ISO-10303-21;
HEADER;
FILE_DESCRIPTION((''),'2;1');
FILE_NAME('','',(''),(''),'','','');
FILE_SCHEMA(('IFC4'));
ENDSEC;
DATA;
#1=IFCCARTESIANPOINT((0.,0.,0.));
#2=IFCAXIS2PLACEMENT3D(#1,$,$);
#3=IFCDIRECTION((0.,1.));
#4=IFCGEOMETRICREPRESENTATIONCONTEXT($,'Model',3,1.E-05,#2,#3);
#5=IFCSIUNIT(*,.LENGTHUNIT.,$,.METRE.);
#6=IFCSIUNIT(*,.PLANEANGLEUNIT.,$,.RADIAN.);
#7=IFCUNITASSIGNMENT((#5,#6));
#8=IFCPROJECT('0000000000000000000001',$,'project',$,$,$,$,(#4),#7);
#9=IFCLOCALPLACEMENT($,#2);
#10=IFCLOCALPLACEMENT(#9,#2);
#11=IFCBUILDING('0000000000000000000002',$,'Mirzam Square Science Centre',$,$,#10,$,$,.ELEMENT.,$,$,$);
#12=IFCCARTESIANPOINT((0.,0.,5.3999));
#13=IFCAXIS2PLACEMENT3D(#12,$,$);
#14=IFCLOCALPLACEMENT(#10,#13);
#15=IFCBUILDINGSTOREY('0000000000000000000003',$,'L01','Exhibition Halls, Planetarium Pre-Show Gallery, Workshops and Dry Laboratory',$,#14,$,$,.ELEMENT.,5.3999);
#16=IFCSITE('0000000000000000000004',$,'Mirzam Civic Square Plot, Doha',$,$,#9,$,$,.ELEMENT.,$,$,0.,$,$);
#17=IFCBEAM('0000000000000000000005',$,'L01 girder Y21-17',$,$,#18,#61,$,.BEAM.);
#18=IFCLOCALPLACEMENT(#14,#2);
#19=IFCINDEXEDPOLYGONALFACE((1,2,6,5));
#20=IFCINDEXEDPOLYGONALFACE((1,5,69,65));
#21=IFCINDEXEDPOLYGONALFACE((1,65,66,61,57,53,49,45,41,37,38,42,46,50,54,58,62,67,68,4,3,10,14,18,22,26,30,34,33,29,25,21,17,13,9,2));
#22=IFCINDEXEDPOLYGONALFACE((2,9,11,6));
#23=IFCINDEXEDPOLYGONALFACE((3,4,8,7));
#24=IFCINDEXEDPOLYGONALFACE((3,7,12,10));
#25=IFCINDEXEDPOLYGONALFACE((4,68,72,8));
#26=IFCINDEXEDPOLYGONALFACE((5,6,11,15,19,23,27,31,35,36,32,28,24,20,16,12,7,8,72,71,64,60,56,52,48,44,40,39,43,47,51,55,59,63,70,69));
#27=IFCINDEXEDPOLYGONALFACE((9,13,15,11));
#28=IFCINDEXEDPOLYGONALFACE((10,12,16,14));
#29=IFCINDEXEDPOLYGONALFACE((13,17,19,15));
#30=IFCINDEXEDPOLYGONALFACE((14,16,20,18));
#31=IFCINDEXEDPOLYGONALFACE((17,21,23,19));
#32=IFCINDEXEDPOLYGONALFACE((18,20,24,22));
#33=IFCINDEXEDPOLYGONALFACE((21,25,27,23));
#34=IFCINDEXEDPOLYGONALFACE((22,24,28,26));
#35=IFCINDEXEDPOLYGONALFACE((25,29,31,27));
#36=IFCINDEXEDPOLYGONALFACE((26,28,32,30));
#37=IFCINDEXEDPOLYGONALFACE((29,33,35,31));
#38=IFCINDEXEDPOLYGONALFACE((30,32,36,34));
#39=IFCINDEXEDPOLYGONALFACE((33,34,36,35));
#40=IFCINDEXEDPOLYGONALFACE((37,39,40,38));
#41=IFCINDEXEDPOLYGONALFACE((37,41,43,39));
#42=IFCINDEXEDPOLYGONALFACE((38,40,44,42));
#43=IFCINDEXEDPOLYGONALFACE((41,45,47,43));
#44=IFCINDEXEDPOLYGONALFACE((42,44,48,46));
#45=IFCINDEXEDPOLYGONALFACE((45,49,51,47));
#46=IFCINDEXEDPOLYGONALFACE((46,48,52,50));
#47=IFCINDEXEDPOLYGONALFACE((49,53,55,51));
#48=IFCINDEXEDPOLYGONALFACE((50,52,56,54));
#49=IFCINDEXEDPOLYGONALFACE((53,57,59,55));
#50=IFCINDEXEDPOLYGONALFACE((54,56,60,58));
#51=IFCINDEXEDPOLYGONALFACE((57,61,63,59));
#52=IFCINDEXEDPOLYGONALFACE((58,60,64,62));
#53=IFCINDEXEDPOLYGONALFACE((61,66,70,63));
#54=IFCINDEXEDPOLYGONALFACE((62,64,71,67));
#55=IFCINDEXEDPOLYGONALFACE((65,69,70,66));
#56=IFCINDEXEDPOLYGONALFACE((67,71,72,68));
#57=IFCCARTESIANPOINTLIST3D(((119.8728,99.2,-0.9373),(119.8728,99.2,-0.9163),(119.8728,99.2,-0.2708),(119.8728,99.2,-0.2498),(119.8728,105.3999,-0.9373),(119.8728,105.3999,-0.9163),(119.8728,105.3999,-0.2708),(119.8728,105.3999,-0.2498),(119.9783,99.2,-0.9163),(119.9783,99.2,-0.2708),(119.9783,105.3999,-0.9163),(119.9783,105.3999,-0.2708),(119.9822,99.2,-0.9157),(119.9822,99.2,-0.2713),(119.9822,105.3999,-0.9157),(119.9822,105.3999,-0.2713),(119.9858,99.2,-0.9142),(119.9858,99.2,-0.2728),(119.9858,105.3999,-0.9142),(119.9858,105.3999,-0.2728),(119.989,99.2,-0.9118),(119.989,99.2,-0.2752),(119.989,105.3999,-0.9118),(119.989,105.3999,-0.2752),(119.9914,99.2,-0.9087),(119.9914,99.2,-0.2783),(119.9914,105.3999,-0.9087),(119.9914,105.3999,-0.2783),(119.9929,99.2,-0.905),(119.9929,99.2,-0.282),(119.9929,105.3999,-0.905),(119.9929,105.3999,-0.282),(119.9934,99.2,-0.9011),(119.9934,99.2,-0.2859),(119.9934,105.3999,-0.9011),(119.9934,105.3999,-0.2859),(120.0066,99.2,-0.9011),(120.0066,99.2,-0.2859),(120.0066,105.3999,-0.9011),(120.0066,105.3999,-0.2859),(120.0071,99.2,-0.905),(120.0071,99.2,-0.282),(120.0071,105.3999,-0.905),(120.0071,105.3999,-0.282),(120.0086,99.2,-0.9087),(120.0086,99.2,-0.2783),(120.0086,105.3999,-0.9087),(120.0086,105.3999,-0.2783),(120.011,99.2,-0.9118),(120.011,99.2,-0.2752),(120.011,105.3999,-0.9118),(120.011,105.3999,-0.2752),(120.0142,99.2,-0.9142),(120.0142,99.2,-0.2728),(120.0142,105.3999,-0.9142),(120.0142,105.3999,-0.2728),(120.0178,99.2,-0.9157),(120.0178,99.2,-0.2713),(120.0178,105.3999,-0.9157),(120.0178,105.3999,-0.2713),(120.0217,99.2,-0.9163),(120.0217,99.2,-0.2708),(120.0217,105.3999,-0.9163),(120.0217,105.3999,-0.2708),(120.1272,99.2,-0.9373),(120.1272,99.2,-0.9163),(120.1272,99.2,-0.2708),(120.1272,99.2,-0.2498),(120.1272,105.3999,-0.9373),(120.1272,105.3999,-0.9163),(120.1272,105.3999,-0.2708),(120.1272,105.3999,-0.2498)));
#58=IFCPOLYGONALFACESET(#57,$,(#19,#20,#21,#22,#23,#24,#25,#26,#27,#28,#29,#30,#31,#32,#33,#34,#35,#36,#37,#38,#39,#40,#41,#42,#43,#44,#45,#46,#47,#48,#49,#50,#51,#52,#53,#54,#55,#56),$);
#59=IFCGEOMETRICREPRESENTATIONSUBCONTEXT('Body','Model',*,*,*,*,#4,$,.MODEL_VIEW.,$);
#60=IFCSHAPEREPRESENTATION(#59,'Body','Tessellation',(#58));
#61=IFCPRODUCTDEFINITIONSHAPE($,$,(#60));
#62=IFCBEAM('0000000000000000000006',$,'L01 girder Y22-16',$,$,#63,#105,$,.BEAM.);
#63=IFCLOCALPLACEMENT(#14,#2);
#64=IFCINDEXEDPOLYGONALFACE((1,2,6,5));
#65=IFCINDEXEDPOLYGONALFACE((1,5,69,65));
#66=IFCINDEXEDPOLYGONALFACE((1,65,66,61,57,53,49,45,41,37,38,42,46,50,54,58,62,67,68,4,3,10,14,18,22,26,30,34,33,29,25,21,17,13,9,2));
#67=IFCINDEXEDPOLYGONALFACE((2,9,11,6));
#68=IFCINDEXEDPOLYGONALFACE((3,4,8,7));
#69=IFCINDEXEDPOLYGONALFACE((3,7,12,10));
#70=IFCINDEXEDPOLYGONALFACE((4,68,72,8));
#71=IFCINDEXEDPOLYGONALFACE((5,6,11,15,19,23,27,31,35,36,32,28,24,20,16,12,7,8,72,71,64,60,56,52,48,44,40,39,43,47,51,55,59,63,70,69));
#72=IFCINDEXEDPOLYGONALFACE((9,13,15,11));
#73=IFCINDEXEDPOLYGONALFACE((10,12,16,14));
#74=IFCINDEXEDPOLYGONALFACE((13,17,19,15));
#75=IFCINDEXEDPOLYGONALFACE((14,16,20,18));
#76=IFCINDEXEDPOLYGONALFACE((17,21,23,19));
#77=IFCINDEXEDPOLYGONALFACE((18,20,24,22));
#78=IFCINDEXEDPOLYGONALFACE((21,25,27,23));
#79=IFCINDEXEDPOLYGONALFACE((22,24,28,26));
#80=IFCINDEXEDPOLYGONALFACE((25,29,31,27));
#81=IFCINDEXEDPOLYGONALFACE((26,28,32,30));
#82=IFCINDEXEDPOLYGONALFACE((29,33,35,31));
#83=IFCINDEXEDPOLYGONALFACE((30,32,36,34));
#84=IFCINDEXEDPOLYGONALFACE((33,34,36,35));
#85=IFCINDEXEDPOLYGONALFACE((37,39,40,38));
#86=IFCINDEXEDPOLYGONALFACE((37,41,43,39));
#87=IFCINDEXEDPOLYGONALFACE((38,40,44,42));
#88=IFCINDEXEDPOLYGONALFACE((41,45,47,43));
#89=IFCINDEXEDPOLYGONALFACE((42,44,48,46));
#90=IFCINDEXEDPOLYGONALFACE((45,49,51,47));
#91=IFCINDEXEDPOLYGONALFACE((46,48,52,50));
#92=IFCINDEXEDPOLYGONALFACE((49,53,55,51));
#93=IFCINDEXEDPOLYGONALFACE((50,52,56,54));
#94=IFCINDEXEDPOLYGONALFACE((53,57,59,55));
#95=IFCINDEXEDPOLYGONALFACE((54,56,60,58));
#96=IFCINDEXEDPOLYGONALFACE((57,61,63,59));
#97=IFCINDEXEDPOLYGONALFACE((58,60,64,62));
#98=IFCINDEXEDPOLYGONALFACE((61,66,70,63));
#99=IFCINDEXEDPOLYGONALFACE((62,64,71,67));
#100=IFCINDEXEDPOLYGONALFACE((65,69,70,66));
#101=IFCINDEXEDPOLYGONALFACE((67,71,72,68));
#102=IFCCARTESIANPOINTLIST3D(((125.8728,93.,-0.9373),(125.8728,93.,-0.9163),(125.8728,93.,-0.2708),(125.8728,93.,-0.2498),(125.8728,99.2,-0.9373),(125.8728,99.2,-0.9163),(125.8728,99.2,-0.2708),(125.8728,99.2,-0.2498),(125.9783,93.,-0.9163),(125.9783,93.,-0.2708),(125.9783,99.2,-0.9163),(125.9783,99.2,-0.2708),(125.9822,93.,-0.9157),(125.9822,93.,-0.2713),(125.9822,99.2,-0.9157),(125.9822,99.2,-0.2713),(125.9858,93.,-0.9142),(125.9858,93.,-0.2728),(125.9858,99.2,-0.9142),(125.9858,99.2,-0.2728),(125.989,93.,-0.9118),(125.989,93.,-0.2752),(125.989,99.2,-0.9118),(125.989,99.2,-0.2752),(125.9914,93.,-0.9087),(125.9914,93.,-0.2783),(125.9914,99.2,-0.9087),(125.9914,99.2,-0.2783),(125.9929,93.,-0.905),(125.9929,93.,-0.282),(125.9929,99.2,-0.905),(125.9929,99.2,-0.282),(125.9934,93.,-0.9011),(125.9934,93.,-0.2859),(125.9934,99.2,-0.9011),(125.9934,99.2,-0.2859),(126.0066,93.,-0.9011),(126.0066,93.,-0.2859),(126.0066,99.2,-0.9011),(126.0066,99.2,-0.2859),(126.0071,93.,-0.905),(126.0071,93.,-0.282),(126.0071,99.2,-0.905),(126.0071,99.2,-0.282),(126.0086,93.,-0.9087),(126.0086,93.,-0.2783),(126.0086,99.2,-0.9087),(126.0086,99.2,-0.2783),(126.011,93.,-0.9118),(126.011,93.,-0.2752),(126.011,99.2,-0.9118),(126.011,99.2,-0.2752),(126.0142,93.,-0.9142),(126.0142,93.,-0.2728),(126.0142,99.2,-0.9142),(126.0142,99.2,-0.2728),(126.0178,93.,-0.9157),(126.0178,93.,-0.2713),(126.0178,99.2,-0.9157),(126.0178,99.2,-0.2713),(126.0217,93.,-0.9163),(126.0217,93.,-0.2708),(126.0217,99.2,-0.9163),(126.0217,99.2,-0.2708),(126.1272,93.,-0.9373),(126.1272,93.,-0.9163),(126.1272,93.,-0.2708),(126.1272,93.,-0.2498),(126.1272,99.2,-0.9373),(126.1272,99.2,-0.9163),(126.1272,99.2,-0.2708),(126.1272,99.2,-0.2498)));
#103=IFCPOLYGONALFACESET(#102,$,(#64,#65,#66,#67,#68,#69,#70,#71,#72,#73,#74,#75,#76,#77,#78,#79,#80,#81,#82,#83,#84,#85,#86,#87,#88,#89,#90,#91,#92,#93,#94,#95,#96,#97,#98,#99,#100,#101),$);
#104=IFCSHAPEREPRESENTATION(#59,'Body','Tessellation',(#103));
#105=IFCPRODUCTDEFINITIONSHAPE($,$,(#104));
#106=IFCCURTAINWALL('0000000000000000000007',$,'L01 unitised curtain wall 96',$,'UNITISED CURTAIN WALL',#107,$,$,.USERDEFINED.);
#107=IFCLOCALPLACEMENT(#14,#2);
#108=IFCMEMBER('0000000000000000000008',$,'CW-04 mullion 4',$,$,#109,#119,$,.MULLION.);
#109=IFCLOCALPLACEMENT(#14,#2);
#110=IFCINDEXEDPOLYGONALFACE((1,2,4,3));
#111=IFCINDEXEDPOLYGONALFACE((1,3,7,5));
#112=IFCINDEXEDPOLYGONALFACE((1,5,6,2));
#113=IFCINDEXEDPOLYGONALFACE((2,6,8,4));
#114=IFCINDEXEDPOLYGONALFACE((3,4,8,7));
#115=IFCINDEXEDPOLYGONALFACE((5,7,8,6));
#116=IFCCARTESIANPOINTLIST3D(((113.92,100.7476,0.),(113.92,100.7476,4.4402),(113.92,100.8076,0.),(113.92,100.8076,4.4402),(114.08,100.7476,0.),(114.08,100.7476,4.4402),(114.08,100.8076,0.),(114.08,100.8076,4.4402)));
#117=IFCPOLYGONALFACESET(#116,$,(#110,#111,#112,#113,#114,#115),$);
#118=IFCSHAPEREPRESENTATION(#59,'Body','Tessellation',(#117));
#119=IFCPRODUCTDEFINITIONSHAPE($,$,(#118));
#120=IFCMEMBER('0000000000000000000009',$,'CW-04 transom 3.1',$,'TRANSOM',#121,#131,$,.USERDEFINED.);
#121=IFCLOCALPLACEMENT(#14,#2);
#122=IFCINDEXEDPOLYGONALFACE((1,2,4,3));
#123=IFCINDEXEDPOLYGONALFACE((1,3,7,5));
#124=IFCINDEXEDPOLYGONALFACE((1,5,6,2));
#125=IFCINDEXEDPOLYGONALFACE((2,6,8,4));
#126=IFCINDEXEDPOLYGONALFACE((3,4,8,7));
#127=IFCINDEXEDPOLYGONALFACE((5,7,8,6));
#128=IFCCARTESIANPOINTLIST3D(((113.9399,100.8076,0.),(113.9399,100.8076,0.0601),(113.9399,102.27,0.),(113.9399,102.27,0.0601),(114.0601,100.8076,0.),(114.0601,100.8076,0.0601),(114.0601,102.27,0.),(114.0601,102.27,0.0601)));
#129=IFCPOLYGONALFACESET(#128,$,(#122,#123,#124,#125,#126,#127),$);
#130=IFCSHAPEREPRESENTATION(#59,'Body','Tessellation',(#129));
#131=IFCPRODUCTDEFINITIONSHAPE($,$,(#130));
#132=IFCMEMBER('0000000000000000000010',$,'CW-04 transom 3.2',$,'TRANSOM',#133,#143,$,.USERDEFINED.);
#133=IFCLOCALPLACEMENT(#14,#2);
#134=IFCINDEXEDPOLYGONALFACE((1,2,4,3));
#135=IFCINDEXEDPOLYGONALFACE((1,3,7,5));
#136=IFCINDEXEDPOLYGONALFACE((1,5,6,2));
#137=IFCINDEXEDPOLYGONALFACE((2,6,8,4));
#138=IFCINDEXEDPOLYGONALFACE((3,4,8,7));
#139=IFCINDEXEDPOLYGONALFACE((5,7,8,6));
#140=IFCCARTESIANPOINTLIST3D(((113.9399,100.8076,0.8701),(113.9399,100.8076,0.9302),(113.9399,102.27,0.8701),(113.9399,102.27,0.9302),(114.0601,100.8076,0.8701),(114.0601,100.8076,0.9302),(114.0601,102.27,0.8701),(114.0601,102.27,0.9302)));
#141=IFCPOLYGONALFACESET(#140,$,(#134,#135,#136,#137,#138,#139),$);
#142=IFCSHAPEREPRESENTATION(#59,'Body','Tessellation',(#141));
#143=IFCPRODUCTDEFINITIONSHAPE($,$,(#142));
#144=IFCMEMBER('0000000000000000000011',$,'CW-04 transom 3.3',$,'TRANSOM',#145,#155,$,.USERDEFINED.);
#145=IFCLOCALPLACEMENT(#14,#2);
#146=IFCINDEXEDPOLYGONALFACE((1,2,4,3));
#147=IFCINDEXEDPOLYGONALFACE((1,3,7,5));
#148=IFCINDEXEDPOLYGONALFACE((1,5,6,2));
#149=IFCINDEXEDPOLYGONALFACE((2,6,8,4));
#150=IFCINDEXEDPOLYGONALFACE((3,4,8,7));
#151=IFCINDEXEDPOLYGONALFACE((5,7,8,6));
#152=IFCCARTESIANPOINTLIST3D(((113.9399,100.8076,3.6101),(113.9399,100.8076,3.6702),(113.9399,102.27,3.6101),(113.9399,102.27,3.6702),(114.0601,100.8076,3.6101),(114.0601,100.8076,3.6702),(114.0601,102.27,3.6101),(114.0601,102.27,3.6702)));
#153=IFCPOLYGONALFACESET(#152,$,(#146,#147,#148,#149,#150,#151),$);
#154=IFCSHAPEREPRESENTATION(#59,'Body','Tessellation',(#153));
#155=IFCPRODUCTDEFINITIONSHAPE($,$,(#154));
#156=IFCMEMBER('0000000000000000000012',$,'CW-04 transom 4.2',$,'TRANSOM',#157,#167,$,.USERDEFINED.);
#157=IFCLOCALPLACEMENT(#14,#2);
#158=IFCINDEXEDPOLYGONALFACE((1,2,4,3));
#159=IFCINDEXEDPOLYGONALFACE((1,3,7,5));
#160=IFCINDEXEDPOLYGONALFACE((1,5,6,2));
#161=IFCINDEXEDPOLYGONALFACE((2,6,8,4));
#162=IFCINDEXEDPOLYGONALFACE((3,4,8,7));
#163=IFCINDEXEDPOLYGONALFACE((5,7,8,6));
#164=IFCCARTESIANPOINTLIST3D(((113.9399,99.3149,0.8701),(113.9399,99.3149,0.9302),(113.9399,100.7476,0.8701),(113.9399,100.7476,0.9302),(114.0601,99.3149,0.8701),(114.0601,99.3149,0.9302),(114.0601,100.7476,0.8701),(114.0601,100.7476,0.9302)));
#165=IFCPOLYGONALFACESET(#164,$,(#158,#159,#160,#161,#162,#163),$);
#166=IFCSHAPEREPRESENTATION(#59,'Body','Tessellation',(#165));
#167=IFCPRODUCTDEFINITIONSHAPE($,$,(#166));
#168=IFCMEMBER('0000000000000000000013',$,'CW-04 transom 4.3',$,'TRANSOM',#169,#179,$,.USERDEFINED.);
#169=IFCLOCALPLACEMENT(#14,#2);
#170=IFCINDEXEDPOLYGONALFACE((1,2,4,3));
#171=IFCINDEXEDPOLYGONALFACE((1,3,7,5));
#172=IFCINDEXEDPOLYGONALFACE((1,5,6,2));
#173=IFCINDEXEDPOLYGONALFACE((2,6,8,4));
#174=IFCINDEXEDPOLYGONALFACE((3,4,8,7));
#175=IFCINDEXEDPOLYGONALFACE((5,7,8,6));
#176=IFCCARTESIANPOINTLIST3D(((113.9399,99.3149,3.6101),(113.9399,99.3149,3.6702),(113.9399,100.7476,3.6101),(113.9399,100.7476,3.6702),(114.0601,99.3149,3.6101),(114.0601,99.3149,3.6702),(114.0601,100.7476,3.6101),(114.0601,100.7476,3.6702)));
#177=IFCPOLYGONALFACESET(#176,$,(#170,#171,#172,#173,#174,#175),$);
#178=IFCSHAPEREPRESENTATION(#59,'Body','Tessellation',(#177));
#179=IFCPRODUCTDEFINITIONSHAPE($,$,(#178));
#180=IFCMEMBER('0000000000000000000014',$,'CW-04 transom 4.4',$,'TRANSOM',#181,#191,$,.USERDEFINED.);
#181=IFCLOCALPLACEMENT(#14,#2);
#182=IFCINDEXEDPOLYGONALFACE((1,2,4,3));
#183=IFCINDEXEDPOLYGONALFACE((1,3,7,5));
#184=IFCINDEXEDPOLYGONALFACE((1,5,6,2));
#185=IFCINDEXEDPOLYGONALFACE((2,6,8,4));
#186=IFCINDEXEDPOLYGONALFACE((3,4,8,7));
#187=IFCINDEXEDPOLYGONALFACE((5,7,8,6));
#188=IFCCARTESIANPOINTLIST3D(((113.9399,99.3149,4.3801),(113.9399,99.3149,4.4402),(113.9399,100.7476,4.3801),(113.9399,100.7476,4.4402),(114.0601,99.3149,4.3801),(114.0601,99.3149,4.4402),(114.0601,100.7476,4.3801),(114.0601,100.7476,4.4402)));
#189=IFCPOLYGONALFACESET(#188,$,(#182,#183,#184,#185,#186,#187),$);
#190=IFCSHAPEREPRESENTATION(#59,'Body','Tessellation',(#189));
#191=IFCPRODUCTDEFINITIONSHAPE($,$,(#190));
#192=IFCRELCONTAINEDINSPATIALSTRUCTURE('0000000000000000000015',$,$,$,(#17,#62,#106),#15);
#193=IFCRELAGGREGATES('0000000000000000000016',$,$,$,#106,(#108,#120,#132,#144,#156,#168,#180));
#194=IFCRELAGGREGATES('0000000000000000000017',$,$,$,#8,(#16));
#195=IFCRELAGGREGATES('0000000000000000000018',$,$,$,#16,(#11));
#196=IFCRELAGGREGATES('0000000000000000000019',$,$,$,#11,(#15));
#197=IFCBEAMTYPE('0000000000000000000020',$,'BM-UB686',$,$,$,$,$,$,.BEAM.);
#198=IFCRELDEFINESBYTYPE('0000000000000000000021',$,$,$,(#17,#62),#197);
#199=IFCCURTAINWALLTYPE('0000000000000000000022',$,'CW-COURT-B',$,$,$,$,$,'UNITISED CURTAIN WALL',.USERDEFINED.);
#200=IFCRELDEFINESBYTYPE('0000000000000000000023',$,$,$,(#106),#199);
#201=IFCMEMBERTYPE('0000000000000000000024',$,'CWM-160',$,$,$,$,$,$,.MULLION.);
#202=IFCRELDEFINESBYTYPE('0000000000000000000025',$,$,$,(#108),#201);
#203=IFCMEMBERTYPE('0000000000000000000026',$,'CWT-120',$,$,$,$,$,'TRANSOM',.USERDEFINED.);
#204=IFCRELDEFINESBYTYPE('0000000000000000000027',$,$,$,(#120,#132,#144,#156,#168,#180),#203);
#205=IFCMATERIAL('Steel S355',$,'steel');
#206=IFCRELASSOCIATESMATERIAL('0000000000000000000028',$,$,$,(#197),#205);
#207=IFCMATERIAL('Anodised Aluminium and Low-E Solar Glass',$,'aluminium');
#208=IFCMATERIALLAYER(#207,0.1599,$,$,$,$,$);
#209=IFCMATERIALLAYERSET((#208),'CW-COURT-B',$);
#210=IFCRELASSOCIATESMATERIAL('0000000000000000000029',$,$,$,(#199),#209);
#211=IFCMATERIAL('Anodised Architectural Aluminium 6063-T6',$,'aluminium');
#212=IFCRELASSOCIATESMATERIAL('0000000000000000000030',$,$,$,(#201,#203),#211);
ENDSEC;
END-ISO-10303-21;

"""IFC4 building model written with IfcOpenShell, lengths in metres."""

from ifc_helpers import new_model, si_unit, direction, frame, origin, origin_2d, place, context, subcontext, project, spatial, rectangle, i_section, extrude, material, layer, layer_set, material_profile, profile_set, type_object, element, aggregate, save


model = new_model("IFC4")

# Units and contexts
model_context = context("Model", 3, precision=1e-05, world=origin(), true_north=direction((0.0, 1.0)))
body_context = subcontext(model_context, "Body", "Model", "MODEL_VIEW")
ifc_project = project(units=[si_unit("LENGTHUNIT", "METRE"), si_unit("PLANEANGLEUNIT", "RADIAN")], contexts=[model_context])

# Site, building, storey
site_placement = place(None, origin())
site = spatial("IfcSite", under=ifc_project, at=site_placement, Name="Mirzam Civic Square Plot, Doha", CompositionType="ELEMENT", RefElevation=0.0)
building_placement = place(site_placement, origin())
building = spatial("IfcBuilding", under=site, at=building_placement, Name="Mirzam Square Science Centre", CompositionType="ELEMENT")
storey_placement = place(building_placement, frame((0.0, 0.0, 5.3999)))
storey = spatial("IfcBuildingStorey", under=building, at=storey_placement, Name="L01", Description="Exhibition Halls, Planetarium Pre-Show Gallery, Workshops and Dry Laboratory", CompositionType="ELEMENT", Elevation=5.3999)

# Shared definitions
ifc_material_1 = material(Name="Steel S355", Category="steel")

# Beams
ifc_material_profile_1 = material_profile(ifc_material_1, i_section(OverallWidth=0.2544, OverallDepth=0.6875, WebThickness=0.0132, FlangeThickness=0.021, FilletRadius=0.0151, at=origin_2d()), Name="686x254x152UB")
ifc_profile_set_1 = profile_set([ifc_material_profile_1], Name="Steel S355")
beam_type_1 = type_object("IfcBeamType", Name="BM-UB686", PredefinedType="BEAM", material=ifc_profile_set_1)
for number, where, z_axis, x_axis, name in (
    (1, (120.0, 99.2, -0.5935), (0.0, 1.0, 0.0), (-1.0, 0.0, 0.0), "L01 girder Y21-17"),
    (2, (126.0, 93.0, -0.5935), (0.0, 1.0, 0.0), (-1.0, 0.0, 0.0), "L01 girder Y22-16"),
):
    element("IfcBeam", number, at=place(storey_placement, frame(where, z_axis=z_axis, x_axis=x_axis)), inside=storey, type_object=beam_type_1, Name=name, PredefinedType="BEAM", context=body_context, shape_type="SweptSolid", body=[
        extrude(i_section(OverallWidth=0.2544, OverallDepth=0.6875, WebThickness=0.0132, FlangeThickness=0.021, FilletRadius=0.0151, at=origin_2d()), origin(), (0.0, 0.0, 1.0), 6.2),
    ])

# Curtain wall, members
ifc_material_2 = material(Name="Anodised Aluminium and Low-E Solar Glass", Category="aluminium")
ifc_layer_1 = layer(ifc_material_2, 0.1599)
ifc_layer_set_1 = layer_set([ifc_layer_1], Name="CW-COURT-B")
curtain_wall_type = type_object("IfcCurtainWallType", Name="CW-COURT-B", ElementType="UNITISED CURTAIN WALL", PredefinedType="USERDEFINED", material=ifc_layer_set_1)
curtain_wall_placement = place(storey_placement, origin())
curtain_wall = element("IfcCurtainWall", 3, at=curtain_wall_placement, inside=storey, type_object=curtain_wall_type, Name="L01 unitised curtain wall 96", ObjectType="UNITISED CURTAIN WALL", PredefinedType="USERDEFINED")
ifc_material_3 = material(Name="Anodised Architectural Aluminium 6063-T6", Category="aluminium")
ifc_material_profile_2 = material_profile(ifc_material_3, rectangle(XDim=0.0601, YDim=0.1599, at=origin_2d()), Name="ALU-MULL-160x60x4")
ifc_profile_set_2 = profile_set([ifc_material_profile_2], Name="Anodised Architectural Aluminium 6063-T6")
member_type_1 = type_object("IfcMemberType", Name="CWM-160", PredefinedType="MULLION", material=ifc_profile_set_2)
member_1_placement = place(storey_placement, frame((114.0, 100.7776, 0.0), z_axis=(0.0, 0.0, 1.0), x_axis=(0.0, -1.0, 0.0)))
member_1 = element("IfcMember", 4, at=member_1_placement, type_object=member_type_1, Name="CW-04 mullion 4", PredefinedType="MULLION", context=body_context, shape_type="SweptSolid", body=[
    extrude(rectangle(XDim=0.0601, YDim=0.1599, at=origin_2d()), origin(), (0.0, 0.0, 1.0), 4.4402),
])
ifc_material_profile_3 = material_profile(ifc_material_3, rectangle(XDim=0.1201, YDim=0.0601, at=origin_2d()), Name="ALU-TRAN-120x60x4")
ifc_profile_set_3 = profile_set([ifc_material_profile_3], Name="Anodised Architectural Aluminium 6063-T6")
member_type_2 = type_object("IfcMemberType", Name="CWT-120", ElementType="TRANSOM", PredefinedType="USERDEFINED", material=ifc_profile_set_3)
member_2_placement = place(storey_placement, frame((114.0, 102.27, 0.03), z_axis=(0.0, -1.0, 0.0), x_axis=(1.0, 0.0, 0.0)))
member_2 = element("IfcMember", 5, at=member_2_placement, type_object=member_type_2, Name="CW-04 transom 3.1", ObjectType="TRANSOM", PredefinedType="USERDEFINED", context=body_context, shape_type="SweptSolid", body=[
    extrude(rectangle(XDim=0.1201, YDim=0.0601, at=origin_2d()), origin(), (0.0, 0.0, 1.0), 1.4624),
])
member_3_placement = place(storey_placement, frame((114.0, 102.27, 0.9001), z_axis=(0.0, -1.0, 0.0), x_axis=(1.0, 0.0, 0.0)))
member_3 = element("IfcMember", 6, at=member_3_placement, type_object=member_type_2, Name="CW-04 transom 3.2", ObjectType="TRANSOM", PredefinedType="USERDEFINED", context=body_context, shape_type="SweptSolid", body=[
    extrude(rectangle(XDim=0.1201, YDim=0.0601, at=origin_2d()), origin(), (0.0, 0.0, 1.0), 1.4624),
])
member_4_placement = place(storey_placement, frame((114.0, 102.27, 3.6401), z_axis=(0.0, -1.0, 0.0), x_axis=(1.0, 0.0, 0.0)))
member_4 = element("IfcMember", 7, at=member_4_placement, type_object=member_type_2, Name="CW-04 transom 3.3", ObjectType="TRANSOM", PredefinedType="USERDEFINED", context=body_context, shape_type="SweptSolid", body=[
    extrude(rectangle(XDim=0.1201, YDim=0.0601, at=origin_2d()), origin(), (0.0, 0.0, 1.0), 1.4624),
])
member_5_placement = place(storey_placement, frame((114.0, 100.7476, 0.9001), z_axis=(0.0, -1.0, 0.0), x_axis=(1.0, 0.0, 0.0)))
member_5 = element("IfcMember", 8, at=member_5_placement, type_object=member_type_2, Name="CW-04 transom 4.2", ObjectType="TRANSOM", PredefinedType="USERDEFINED", context=body_context, shape_type="SweptSolid", body=[
    extrude(rectangle(XDim=0.1201, YDim=0.0601, at=origin_2d()), origin(), (0.0, 0.0, 1.0), 1.4326),
])
member_6_placement = place(storey_placement, frame((114.0, 100.7476, 3.6401), z_axis=(0.0, -1.0, 0.0), x_axis=(1.0, 0.0, 0.0)))
member_6 = element("IfcMember", 9, at=member_6_placement, type_object=member_type_2, Name="CW-04 transom 4.3", ObjectType="TRANSOM", PredefinedType="USERDEFINED", context=body_context, shape_type="SweptSolid", body=[
    extrude(rectangle(XDim=0.1201, YDim=0.0601, at=origin_2d()), origin(), (0.0, 0.0, 1.0), 1.4326),
])
member_7_placement = place(storey_placement, frame((114.0, 100.7476, 4.4102), z_axis=(0.0, -1.0, 0.0), x_axis=(1.0, 0.0, 0.0)))
member_7 = element("IfcMember", 10, at=member_7_placement, type_object=member_type_2, Name="CW-04 transom 4.4", ObjectType="TRANSOM", PredefinedType="USERDEFINED", context=body_context, shape_type="SweptSolid", body=[
    extrude(rectangle(XDim=0.1201, YDim=0.0601, at=origin_2d()), origin(), (0.0, 0.0, 1.0), 1.4326),
])

aggregate(curtain_wall, [member_1, member_2, member_3, member_4, member_5, member_6, member_7])

save(model, "model.ifc")
